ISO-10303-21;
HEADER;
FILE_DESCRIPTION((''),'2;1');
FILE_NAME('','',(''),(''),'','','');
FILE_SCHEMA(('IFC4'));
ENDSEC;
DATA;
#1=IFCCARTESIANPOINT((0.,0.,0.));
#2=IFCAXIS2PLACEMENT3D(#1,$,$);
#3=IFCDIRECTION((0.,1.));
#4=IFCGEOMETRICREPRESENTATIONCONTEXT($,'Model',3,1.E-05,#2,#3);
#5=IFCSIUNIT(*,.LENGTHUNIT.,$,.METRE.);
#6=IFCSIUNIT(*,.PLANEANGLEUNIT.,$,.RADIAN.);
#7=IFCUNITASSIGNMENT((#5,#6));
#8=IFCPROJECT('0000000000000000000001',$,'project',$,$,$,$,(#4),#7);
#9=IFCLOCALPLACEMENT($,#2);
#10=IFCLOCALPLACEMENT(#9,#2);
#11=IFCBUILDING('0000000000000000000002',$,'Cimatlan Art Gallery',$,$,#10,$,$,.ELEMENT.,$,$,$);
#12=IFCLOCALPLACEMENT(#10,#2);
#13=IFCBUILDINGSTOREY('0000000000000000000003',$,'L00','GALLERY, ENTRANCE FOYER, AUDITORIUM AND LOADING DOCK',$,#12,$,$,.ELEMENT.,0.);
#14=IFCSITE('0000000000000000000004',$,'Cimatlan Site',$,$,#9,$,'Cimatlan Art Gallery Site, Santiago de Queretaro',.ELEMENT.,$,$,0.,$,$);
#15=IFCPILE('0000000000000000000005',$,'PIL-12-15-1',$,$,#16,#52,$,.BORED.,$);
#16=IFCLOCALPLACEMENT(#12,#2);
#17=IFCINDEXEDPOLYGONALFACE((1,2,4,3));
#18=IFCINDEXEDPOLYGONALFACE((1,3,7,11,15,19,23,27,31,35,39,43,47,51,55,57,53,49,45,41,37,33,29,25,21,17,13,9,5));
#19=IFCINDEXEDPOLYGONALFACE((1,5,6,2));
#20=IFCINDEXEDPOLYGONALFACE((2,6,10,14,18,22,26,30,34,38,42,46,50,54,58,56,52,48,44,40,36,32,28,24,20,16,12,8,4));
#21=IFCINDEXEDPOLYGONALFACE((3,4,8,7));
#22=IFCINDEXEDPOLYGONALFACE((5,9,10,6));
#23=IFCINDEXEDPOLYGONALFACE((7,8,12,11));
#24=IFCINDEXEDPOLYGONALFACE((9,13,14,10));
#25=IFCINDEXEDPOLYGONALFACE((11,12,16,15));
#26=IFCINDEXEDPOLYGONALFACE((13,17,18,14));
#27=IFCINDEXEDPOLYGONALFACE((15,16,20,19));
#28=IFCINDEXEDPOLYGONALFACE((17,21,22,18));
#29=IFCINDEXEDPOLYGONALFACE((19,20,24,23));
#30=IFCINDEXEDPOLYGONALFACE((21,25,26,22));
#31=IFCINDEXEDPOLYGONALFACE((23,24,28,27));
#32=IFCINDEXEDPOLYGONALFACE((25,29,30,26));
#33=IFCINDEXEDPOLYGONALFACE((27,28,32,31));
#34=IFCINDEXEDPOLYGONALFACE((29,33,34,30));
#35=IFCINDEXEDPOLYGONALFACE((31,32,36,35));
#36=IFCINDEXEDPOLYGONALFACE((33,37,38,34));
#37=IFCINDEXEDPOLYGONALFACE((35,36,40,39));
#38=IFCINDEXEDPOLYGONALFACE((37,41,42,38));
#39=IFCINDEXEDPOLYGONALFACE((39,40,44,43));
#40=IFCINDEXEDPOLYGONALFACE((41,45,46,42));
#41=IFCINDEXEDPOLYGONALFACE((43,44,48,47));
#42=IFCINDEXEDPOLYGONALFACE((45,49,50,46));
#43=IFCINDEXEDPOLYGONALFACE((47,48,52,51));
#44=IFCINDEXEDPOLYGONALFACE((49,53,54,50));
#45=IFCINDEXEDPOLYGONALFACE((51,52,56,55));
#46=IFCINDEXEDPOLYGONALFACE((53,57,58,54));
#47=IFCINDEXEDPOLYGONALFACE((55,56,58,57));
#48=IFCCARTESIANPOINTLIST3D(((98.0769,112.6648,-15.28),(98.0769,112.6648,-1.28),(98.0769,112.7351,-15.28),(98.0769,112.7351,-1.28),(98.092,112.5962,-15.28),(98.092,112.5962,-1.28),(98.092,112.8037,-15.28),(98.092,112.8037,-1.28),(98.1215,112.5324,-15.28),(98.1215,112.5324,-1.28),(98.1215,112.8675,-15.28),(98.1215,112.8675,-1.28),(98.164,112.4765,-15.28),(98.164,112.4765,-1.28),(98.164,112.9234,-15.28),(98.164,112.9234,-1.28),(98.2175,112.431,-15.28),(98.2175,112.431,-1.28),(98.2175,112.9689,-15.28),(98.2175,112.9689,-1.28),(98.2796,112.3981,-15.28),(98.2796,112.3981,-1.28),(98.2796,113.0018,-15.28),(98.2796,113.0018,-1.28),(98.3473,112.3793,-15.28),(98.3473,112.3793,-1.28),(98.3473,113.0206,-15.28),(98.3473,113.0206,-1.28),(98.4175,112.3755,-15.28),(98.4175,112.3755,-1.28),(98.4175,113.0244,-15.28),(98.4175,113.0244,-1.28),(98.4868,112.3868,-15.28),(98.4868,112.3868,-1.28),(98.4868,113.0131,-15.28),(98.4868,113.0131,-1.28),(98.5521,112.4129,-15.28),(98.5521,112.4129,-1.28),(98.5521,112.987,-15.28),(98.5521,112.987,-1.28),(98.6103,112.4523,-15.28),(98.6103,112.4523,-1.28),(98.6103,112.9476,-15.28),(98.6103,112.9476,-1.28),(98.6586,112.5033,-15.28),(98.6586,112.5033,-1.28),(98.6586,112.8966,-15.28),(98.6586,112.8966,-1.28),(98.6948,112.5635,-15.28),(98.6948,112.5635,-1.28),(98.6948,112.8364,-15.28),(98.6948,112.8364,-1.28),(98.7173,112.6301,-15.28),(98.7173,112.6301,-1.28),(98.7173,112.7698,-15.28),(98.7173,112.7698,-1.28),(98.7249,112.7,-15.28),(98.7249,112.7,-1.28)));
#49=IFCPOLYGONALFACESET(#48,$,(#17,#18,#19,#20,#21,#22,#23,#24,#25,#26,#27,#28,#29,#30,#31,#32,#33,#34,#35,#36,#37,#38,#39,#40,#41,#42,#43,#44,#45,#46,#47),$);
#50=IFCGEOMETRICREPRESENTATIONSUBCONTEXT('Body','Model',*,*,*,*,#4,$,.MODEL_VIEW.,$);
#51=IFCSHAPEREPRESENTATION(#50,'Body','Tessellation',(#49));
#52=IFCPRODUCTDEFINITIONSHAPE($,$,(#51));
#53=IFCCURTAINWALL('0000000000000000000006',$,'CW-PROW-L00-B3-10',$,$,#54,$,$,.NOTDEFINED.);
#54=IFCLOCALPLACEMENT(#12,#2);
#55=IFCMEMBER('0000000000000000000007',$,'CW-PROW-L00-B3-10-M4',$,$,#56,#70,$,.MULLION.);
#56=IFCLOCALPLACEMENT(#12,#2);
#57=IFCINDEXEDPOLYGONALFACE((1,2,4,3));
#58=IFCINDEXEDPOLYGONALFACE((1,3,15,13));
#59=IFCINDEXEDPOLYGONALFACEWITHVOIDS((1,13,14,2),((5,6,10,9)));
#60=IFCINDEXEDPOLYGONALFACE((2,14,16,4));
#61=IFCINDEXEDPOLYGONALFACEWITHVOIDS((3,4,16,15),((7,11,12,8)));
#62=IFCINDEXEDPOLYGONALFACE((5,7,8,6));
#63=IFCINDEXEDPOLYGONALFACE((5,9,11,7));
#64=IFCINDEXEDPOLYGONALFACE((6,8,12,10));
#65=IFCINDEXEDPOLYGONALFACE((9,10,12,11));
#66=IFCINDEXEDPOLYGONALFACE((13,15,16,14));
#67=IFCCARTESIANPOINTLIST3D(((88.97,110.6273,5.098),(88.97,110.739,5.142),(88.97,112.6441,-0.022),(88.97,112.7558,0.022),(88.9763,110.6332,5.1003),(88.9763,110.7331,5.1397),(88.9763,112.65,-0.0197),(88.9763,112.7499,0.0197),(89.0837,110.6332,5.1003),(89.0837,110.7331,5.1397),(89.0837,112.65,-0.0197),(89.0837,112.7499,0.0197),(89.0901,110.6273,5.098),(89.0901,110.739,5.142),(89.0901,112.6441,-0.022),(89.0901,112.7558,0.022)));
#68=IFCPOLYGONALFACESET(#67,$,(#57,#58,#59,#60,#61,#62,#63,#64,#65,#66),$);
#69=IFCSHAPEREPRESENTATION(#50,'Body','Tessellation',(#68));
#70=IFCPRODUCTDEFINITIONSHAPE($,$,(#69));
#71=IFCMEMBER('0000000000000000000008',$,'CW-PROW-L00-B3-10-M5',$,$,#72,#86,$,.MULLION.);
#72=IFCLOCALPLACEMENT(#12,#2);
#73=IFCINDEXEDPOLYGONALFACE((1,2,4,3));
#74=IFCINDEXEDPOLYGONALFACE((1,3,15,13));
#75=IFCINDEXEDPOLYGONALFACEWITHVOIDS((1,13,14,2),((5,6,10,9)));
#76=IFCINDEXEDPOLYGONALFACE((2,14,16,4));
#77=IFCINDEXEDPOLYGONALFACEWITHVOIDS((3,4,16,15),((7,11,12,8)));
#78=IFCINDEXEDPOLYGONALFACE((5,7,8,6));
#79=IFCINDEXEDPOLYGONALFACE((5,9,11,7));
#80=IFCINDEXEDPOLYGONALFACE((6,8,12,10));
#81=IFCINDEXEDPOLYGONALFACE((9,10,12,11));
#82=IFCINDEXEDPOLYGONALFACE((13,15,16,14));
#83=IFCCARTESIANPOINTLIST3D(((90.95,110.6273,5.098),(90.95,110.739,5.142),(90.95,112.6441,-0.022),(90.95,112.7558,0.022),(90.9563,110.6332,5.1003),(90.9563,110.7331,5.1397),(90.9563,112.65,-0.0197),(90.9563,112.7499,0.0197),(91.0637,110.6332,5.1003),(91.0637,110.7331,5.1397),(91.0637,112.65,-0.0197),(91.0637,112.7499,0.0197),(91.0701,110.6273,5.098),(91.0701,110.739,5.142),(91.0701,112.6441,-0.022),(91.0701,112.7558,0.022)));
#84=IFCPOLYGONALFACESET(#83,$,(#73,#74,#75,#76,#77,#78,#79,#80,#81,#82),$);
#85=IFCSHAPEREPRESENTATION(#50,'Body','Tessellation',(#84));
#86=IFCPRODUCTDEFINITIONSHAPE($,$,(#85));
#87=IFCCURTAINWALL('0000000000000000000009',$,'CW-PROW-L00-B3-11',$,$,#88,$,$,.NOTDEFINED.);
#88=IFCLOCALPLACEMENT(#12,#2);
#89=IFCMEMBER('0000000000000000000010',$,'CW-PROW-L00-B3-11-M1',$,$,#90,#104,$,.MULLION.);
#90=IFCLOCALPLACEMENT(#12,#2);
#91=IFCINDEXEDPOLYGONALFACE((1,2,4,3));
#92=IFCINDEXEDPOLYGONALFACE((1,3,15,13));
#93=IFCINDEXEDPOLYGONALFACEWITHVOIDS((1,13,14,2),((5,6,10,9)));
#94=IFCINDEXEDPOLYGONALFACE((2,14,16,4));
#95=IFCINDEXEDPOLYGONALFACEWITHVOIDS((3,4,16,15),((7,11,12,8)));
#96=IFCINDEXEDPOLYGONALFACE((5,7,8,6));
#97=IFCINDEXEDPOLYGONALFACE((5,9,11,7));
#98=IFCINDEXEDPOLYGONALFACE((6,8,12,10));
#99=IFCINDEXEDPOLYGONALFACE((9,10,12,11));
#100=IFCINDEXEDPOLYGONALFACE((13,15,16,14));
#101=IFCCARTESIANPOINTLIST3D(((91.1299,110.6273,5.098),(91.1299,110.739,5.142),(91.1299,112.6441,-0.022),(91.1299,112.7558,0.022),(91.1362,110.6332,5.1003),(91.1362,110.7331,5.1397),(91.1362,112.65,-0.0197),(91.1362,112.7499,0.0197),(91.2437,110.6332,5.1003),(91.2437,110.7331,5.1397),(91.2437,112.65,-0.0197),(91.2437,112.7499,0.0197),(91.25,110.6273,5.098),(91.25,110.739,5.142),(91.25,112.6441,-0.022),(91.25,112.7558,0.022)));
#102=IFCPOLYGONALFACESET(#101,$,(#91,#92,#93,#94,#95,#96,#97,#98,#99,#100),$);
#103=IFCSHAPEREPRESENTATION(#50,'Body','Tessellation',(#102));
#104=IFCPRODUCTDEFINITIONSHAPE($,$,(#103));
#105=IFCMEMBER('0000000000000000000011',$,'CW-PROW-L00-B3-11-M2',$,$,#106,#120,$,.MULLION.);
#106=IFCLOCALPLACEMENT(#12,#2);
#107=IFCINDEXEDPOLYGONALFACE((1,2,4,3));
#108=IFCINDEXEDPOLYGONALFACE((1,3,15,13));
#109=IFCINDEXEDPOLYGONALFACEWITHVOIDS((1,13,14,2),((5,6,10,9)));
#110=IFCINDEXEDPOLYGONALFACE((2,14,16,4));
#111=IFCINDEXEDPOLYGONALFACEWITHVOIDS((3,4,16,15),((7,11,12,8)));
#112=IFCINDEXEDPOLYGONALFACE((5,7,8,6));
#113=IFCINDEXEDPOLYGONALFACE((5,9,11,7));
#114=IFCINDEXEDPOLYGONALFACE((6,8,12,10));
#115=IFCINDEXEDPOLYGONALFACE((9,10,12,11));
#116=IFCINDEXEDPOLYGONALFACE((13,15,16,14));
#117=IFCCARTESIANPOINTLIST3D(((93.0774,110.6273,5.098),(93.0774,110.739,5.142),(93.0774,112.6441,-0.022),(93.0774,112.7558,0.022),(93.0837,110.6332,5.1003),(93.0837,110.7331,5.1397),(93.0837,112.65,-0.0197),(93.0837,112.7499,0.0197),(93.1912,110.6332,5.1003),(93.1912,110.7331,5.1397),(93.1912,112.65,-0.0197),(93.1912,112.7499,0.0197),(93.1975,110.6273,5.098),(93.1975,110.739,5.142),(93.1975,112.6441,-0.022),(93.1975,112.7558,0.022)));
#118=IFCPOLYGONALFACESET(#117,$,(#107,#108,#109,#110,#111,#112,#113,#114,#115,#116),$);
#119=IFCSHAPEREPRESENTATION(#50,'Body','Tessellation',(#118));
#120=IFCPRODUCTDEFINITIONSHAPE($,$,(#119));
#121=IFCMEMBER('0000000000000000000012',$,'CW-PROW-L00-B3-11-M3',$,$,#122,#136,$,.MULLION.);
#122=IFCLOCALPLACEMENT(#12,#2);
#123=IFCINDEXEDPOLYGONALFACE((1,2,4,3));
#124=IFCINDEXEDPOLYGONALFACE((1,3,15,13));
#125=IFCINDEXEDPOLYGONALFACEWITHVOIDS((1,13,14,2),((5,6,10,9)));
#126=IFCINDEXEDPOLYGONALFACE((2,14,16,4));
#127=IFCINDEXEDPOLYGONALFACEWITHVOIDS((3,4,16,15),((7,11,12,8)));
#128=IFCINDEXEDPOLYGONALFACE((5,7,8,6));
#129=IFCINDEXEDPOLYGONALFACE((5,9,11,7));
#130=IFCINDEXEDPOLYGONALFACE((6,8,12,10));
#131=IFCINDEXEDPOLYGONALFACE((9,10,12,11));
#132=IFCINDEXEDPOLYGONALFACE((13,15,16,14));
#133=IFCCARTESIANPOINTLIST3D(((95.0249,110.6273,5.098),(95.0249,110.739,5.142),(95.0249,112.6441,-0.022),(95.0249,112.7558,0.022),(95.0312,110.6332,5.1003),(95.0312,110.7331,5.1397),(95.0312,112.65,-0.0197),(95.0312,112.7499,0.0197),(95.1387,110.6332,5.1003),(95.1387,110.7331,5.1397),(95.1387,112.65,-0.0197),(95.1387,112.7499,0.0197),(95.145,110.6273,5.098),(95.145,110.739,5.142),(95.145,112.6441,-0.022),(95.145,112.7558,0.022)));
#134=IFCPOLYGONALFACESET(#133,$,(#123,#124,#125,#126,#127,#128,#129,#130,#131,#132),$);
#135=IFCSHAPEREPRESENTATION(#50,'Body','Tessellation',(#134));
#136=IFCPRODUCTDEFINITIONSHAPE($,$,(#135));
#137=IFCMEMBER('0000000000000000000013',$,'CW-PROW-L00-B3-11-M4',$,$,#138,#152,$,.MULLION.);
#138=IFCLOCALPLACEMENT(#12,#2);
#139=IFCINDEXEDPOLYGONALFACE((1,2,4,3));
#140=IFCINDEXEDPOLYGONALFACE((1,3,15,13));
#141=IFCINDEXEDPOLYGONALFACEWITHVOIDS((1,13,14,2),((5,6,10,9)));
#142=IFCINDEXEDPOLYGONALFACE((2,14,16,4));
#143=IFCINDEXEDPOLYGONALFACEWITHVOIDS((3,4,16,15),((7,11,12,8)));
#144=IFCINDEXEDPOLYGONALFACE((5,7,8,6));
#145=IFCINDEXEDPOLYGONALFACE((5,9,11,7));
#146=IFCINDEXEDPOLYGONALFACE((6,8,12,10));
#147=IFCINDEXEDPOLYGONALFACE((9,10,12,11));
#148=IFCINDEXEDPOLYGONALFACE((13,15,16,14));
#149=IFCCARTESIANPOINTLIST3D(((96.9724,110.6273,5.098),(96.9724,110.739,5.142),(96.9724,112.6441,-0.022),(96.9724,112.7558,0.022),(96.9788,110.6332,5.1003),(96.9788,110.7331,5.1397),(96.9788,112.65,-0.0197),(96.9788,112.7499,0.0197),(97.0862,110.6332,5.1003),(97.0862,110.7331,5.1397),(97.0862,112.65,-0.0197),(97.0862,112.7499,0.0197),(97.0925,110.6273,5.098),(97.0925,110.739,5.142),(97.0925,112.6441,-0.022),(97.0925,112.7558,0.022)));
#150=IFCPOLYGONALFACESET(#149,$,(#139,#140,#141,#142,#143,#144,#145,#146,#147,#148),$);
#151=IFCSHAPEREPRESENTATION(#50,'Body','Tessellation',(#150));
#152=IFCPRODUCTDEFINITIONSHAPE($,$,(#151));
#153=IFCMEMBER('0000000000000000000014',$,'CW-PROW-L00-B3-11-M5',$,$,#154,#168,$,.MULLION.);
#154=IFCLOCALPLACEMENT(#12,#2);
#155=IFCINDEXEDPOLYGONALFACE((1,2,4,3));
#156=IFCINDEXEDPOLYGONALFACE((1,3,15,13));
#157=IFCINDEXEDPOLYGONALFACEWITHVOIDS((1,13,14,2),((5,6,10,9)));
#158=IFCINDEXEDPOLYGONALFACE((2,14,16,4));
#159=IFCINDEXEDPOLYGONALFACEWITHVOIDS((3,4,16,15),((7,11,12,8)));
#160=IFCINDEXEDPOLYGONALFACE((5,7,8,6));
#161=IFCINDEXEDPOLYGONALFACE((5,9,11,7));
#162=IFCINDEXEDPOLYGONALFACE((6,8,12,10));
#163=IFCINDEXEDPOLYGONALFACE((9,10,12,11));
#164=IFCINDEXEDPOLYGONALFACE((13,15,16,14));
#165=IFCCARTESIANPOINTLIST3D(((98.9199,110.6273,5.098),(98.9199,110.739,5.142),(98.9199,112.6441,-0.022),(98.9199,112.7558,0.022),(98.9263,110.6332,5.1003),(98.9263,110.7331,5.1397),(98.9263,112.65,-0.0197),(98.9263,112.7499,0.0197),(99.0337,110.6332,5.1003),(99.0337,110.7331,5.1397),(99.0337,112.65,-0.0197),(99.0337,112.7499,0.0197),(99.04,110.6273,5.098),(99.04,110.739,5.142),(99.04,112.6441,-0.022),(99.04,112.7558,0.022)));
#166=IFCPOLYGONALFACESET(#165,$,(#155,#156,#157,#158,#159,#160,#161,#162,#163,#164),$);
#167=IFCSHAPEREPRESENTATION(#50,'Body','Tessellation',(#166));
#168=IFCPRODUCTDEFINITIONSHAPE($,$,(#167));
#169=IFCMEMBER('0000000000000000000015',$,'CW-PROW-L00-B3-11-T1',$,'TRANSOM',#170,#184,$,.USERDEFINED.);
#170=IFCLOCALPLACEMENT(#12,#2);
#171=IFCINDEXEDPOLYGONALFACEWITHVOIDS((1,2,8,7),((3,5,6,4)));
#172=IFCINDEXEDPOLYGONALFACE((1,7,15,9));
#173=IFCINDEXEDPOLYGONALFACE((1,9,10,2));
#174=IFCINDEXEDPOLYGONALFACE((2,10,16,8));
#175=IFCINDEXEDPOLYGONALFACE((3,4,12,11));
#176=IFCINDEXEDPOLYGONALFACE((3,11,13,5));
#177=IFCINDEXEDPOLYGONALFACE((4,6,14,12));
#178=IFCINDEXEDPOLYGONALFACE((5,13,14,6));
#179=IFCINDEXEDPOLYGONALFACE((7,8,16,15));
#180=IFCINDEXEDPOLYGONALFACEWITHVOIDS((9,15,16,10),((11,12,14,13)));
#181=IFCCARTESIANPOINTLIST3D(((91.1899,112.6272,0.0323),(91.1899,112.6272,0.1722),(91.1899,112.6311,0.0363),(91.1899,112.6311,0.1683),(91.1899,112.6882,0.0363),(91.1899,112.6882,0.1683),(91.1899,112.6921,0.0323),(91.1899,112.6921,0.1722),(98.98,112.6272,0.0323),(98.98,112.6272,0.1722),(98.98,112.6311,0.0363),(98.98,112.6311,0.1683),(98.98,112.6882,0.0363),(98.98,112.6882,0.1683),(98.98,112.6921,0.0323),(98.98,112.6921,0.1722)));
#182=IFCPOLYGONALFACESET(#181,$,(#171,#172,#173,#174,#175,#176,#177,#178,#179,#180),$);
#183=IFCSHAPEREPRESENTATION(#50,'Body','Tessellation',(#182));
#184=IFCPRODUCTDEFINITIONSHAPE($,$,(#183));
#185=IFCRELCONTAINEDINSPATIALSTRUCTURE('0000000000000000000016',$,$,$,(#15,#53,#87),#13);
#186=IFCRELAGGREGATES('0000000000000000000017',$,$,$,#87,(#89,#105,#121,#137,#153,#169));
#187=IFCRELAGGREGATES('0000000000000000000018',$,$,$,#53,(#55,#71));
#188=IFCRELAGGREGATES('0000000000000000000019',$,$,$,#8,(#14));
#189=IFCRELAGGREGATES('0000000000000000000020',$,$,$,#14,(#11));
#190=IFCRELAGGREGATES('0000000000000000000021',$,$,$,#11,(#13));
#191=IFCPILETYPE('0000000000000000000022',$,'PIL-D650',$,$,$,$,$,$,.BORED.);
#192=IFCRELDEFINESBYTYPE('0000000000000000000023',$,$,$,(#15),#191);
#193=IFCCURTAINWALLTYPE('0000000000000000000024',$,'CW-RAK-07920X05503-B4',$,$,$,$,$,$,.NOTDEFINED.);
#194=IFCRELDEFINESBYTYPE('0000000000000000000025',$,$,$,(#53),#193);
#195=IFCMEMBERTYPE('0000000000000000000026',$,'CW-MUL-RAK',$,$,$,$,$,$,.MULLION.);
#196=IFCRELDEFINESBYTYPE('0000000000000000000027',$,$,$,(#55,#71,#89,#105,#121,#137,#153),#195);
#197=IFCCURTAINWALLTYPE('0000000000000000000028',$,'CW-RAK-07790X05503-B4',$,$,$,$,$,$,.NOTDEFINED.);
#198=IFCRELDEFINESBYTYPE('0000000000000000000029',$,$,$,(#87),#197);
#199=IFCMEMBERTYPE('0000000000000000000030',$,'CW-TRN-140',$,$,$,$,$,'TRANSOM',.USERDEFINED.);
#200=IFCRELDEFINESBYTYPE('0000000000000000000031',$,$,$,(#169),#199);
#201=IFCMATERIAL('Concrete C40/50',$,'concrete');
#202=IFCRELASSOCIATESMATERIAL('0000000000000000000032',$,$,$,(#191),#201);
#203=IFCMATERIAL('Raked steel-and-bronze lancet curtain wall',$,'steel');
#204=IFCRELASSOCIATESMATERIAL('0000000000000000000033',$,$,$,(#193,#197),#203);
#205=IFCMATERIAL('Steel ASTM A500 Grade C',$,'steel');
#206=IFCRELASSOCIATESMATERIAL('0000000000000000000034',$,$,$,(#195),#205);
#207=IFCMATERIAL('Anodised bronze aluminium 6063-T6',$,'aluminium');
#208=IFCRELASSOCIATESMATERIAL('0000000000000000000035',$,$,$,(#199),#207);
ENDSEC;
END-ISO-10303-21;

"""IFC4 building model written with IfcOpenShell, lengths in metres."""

from ifc_helpers import new_model, si_unit, direction, frame, origin, origin_2d, place, context, subcontext, project, spatial, hollow_rectangle, circle, extrude, material, material_profile, profile_set, type_object, element, aggregate, save


model = new_model("IFC4")

# Units and contexts
model_context = context("Model", 3, precision=1e-05, world=origin(), true_north=direction((0.0, 1.0)))
body_context = subcontext(model_context, "Body", "Model", "MODEL_VIEW")
ifc_project = project(units=[si_unit("LENGTHUNIT", "METRE"), si_unit("PLANEANGLEUNIT", "RADIAN")], contexts=[model_context])

# Site, building, storey
site_placement = place(None, origin())
site = spatial("IfcSite", under=ifc_project, at=site_placement, Name="Cimatlan Site", LongName="Cimatlan Art Gallery Site, Santiago de Queretaro", CompositionType="ELEMENT", RefElevation=0.0)
building_placement = place(site_placement, origin())
building = spatial("IfcBuilding", under=site, at=building_placement, Name="Cimatlan Art Gallery", CompositionType="ELEMENT")
storey_placement = place(building_placement, origin())
storey = spatial("IfcBuildingStorey", under=building, at=storey_placement, Name="L00", Description="GALLERY, ENTRANCE FOYER, AUDITORIUM AND LOADING DOCK", CompositionType="ELEMENT", Elevation=0.0)

# Pile
ifc_material_1 = material(Name="Concrete C40/50", Category="concrete")
pile_type = type_object("IfcPileType", Name="PIL-D650", PredefinedType="BORED", material=ifc_material_1)
pile_placement = place(storey_placement, frame((98.3999, 112.7, -1.28), z_axis=(0.0, 0.0, -1.0), x_axis=(1.0, 0.0, 0.0)))
element("IfcPile", 1, at=pile_placement, inside=storey, type_object=pile_type, Name="PIL-12-15-1", PredefinedType="BORED", context=body_context, shape_type="SweptSolid", body=[
    extrude(circle(Radius=0.325, at=origin_2d()), origin(), (0.0, 0.0, 1.0), 14.0),
])

# Curtain wall, members
ifc_material_2 = material(Name="Raked steel-and-bronze lancet curtain wall", Category="steel")
curtain_wall_type_1 = type_object("IfcCurtainWallType", Name="CW-RAK-07920X05503-B4", PredefinedType="NOTDEFINED", material=ifc_material_2)
curtain_wall_1_placement = place(storey_placement, origin())
curtain_wall_1 = element("IfcCurtainWall", 2, at=curtain_wall_1_placement, inside=storey, type_object=curtain_wall_type_1, Name="CW-PROW-L00-B3-10", PredefinedType="NOTDEFINED")
ifc_material_3 = material(Name="Steel ASTM A500 Grade C", Category="steel")
ifc_material_profile_1 = material_profile(ifc_material_3, hollow_rectangle(XDim=0.1201, YDim=0.1201, WallThickness=0.0063, at=origin_2d()), Name="HSS120X120X6")
ifc_profile_set_1 = profile_set([ifc_material_profile_1], Name="Steel ASTM A500 Grade C")
member_type_1 = type_object("IfcMemberType", Name="CW-MUL-RAK", PredefinedType="MULLION", material=ifc_profile_set_1)
member_1_placement = place(storey_placement, frame((89.03, 112.7, 0.0), z_axis=(0.0, -0.366498, 0.930419), x_axis=(1.0, 0.0, 0.0)))
member_1 = element("IfcMember", 3, at=member_1_placement, type_object=member_type_1, Name="CW-PROW-L00-B3-10-M4", PredefinedType="MULLION", context=body_context, shape_type="SweptSolid", body=[
    extrude(hollow_rectangle(XDim=0.1201, YDim=0.1201, WallThickness=0.0063, at=origin_2d()), origin(), (0.0, 0.0, 1.0), 5.5029),
])
member_2_placement = place(storey_placement, frame((91.01, 112.7, 0.0), z_axis=(0.0, -0.366498, 0.930419), x_axis=(1.0, 0.0, 0.0)))
member_2 = element("IfcMember", 4, at=member_2_placement, type_object=member_type_1, Name="CW-PROW-L00-B3-10-M5", PredefinedType="MULLION", context=body_context, shape_type="SweptSolid", body=[
    extrude(hollow_rectangle(XDim=0.1201, YDim=0.1201, WallThickness=0.0063, at=origin_2d()), origin(), (0.0, 0.0, 1.0), 5.5029),
])

# Curtain wall, members
curtain_wall_type_2 = type_object("IfcCurtainWallType", Name="CW-RAK-07790X05503-B4", PredefinedType="NOTDEFINED", material=ifc_material_2)
curtain_wall_2_placement = place(storey_placement, origin())
curtain_wall_2 = element("IfcCurtainWall", 5, at=curtain_wall_2_placement, inside=storey, type_object=curtain_wall_type_2, Name="CW-PROW-L00-B3-11", PredefinedType="NOTDEFINED")
member_3_placement = place(storey_placement, frame((91.1899, 112.7, 0.0), z_axis=(0.0, -0.366498, 0.930419), x_axis=(1.0, 0.0, 0.0)))
member_3 = element("IfcMember", 6, at=member_3_placement, type_object=member_type_1, Name="CW-PROW-L00-B3-11-M1", PredefinedType="MULLION", context=body_context, shape_type="SweptSolid", body=[
    extrude(hollow_rectangle(XDim=0.1201, YDim=0.1201, WallThickness=0.0063, at=origin_2d()), origin(), (0.0, 0.0, 1.0), 5.5029),
])
member_4_placement = place(storey_placement, frame((93.1375, 112.7, 0.0), z_axis=(0.0, -0.366498, 0.930419), x_axis=(1.0, 0.0, 0.0)))
member_4 = element("IfcMember", 7, at=member_4_placement, type_object=member_type_1, Name="CW-PROW-L00-B3-11-M2", PredefinedType="MULLION", context=body_context, shape_type="SweptSolid", body=[
    extrude(hollow_rectangle(XDim=0.1201, YDim=0.1201, WallThickness=0.0063, at=origin_2d()), origin(), (0.0, 0.0, 1.0), 5.5029),
])
member_5_placement = place(storey_placement, frame((95.085, 112.7, 0.0), z_axis=(0.0, -0.366498, 0.930419), x_axis=(1.0, 0.0, 0.0)))
member_5 = element("IfcMember", 8, at=member_5_placement, type_object=member_type_1, Name="CW-PROW-L00-B3-11-M3", PredefinedType="MULLION", context=body_context, shape_type="SweptSolid", body=[
    extrude(hollow_rectangle(XDim=0.1201, YDim=0.1201, WallThickness=0.0063, at=origin_2d()), origin(), (0.0, 0.0, 1.0), 5.5029),
])
member_6_placement = place(storey_placement, frame((97.0325, 112.7, 0.0), z_axis=(0.0, -0.366498, 0.930419), x_axis=(1.0, 0.0, 0.0)))
member_6 = element("IfcMember", 9, at=member_6_placement, type_object=member_type_1, Name="CW-PROW-L00-B3-11-M4", PredefinedType="MULLION", context=body_context, shape_type="SweptSolid", body=[
    extrude(hollow_rectangle(XDim=0.1201, YDim=0.1201, WallThickness=0.0063, at=origin_2d()), origin(), (0.0, 0.0, 1.0), 5.5029),
])
member_7_placement = place(storey_placement, frame((98.98, 112.7, 0.0), z_axis=(0.0, -0.366498, 0.930419), x_axis=(1.0, 0.0, 0.0)))
member_7 = element("IfcMember", 10, at=member_7_placement, type_object=member_type_1, Name="CW-PROW-L00-B3-11-M5", PredefinedType="MULLION", context=body_context, shape_type="SweptSolid", body=[
    extrude(hollow_rectangle(XDim=0.1201, YDim=0.1201, WallThickness=0.0063, at=origin_2d()), origin(), (0.0, 0.0, 1.0), 5.5029),
])
ifc_material_4 = material(Name="Anodised bronze aluminium 6063-T6", Category="aluminium")
ifc_material_profile_2 = material_profile(ifc_material_4, hollow_rectangle(XDim=0.0649, YDim=0.1399, WallThickness=0.0039, at=origin_2d()), Name="ALU65X140X4")
ifc_profile_set_2 = profile_set([ifc_material_profile_2], Name="Anodised bronze aluminium 6063-T6")
member_type_2 = type_object("IfcMemberType", Name="CW-TRN-140", ElementType="TRANSOM", PredefinedType="USERDEFINED", material=ifc_profile_set_2)
member_8_placement = place(storey_placement, frame((91.1899, 112.6597, 0.1023), z_axis=(1.0, 0.0, 0.0), x_axis=(0.0, 1.0, 0.0)))
member_8 = element("IfcMember", 11, at=member_8_placement, type_object=member_type_2, Name="CW-PROW-L00-B3-11-T1", ObjectType="TRANSOM", PredefinedType="USERDEFINED", context=body_context, shape_type="SweptSolid", body=[
    extrude(hollow_rectangle(XDim=0.0649, YDim=0.1399, WallThickness=0.0039, at=origin_2d()), origin(), (0.0, 0.0, 1.0), 7.79),
])
aggregate(curtain_wall_2, [member_3, member_4, member_5, member_6, member_7, member_8])

aggregate(curtain_wall_1, [member_1, member_2])

save(model, "model.ifc")
